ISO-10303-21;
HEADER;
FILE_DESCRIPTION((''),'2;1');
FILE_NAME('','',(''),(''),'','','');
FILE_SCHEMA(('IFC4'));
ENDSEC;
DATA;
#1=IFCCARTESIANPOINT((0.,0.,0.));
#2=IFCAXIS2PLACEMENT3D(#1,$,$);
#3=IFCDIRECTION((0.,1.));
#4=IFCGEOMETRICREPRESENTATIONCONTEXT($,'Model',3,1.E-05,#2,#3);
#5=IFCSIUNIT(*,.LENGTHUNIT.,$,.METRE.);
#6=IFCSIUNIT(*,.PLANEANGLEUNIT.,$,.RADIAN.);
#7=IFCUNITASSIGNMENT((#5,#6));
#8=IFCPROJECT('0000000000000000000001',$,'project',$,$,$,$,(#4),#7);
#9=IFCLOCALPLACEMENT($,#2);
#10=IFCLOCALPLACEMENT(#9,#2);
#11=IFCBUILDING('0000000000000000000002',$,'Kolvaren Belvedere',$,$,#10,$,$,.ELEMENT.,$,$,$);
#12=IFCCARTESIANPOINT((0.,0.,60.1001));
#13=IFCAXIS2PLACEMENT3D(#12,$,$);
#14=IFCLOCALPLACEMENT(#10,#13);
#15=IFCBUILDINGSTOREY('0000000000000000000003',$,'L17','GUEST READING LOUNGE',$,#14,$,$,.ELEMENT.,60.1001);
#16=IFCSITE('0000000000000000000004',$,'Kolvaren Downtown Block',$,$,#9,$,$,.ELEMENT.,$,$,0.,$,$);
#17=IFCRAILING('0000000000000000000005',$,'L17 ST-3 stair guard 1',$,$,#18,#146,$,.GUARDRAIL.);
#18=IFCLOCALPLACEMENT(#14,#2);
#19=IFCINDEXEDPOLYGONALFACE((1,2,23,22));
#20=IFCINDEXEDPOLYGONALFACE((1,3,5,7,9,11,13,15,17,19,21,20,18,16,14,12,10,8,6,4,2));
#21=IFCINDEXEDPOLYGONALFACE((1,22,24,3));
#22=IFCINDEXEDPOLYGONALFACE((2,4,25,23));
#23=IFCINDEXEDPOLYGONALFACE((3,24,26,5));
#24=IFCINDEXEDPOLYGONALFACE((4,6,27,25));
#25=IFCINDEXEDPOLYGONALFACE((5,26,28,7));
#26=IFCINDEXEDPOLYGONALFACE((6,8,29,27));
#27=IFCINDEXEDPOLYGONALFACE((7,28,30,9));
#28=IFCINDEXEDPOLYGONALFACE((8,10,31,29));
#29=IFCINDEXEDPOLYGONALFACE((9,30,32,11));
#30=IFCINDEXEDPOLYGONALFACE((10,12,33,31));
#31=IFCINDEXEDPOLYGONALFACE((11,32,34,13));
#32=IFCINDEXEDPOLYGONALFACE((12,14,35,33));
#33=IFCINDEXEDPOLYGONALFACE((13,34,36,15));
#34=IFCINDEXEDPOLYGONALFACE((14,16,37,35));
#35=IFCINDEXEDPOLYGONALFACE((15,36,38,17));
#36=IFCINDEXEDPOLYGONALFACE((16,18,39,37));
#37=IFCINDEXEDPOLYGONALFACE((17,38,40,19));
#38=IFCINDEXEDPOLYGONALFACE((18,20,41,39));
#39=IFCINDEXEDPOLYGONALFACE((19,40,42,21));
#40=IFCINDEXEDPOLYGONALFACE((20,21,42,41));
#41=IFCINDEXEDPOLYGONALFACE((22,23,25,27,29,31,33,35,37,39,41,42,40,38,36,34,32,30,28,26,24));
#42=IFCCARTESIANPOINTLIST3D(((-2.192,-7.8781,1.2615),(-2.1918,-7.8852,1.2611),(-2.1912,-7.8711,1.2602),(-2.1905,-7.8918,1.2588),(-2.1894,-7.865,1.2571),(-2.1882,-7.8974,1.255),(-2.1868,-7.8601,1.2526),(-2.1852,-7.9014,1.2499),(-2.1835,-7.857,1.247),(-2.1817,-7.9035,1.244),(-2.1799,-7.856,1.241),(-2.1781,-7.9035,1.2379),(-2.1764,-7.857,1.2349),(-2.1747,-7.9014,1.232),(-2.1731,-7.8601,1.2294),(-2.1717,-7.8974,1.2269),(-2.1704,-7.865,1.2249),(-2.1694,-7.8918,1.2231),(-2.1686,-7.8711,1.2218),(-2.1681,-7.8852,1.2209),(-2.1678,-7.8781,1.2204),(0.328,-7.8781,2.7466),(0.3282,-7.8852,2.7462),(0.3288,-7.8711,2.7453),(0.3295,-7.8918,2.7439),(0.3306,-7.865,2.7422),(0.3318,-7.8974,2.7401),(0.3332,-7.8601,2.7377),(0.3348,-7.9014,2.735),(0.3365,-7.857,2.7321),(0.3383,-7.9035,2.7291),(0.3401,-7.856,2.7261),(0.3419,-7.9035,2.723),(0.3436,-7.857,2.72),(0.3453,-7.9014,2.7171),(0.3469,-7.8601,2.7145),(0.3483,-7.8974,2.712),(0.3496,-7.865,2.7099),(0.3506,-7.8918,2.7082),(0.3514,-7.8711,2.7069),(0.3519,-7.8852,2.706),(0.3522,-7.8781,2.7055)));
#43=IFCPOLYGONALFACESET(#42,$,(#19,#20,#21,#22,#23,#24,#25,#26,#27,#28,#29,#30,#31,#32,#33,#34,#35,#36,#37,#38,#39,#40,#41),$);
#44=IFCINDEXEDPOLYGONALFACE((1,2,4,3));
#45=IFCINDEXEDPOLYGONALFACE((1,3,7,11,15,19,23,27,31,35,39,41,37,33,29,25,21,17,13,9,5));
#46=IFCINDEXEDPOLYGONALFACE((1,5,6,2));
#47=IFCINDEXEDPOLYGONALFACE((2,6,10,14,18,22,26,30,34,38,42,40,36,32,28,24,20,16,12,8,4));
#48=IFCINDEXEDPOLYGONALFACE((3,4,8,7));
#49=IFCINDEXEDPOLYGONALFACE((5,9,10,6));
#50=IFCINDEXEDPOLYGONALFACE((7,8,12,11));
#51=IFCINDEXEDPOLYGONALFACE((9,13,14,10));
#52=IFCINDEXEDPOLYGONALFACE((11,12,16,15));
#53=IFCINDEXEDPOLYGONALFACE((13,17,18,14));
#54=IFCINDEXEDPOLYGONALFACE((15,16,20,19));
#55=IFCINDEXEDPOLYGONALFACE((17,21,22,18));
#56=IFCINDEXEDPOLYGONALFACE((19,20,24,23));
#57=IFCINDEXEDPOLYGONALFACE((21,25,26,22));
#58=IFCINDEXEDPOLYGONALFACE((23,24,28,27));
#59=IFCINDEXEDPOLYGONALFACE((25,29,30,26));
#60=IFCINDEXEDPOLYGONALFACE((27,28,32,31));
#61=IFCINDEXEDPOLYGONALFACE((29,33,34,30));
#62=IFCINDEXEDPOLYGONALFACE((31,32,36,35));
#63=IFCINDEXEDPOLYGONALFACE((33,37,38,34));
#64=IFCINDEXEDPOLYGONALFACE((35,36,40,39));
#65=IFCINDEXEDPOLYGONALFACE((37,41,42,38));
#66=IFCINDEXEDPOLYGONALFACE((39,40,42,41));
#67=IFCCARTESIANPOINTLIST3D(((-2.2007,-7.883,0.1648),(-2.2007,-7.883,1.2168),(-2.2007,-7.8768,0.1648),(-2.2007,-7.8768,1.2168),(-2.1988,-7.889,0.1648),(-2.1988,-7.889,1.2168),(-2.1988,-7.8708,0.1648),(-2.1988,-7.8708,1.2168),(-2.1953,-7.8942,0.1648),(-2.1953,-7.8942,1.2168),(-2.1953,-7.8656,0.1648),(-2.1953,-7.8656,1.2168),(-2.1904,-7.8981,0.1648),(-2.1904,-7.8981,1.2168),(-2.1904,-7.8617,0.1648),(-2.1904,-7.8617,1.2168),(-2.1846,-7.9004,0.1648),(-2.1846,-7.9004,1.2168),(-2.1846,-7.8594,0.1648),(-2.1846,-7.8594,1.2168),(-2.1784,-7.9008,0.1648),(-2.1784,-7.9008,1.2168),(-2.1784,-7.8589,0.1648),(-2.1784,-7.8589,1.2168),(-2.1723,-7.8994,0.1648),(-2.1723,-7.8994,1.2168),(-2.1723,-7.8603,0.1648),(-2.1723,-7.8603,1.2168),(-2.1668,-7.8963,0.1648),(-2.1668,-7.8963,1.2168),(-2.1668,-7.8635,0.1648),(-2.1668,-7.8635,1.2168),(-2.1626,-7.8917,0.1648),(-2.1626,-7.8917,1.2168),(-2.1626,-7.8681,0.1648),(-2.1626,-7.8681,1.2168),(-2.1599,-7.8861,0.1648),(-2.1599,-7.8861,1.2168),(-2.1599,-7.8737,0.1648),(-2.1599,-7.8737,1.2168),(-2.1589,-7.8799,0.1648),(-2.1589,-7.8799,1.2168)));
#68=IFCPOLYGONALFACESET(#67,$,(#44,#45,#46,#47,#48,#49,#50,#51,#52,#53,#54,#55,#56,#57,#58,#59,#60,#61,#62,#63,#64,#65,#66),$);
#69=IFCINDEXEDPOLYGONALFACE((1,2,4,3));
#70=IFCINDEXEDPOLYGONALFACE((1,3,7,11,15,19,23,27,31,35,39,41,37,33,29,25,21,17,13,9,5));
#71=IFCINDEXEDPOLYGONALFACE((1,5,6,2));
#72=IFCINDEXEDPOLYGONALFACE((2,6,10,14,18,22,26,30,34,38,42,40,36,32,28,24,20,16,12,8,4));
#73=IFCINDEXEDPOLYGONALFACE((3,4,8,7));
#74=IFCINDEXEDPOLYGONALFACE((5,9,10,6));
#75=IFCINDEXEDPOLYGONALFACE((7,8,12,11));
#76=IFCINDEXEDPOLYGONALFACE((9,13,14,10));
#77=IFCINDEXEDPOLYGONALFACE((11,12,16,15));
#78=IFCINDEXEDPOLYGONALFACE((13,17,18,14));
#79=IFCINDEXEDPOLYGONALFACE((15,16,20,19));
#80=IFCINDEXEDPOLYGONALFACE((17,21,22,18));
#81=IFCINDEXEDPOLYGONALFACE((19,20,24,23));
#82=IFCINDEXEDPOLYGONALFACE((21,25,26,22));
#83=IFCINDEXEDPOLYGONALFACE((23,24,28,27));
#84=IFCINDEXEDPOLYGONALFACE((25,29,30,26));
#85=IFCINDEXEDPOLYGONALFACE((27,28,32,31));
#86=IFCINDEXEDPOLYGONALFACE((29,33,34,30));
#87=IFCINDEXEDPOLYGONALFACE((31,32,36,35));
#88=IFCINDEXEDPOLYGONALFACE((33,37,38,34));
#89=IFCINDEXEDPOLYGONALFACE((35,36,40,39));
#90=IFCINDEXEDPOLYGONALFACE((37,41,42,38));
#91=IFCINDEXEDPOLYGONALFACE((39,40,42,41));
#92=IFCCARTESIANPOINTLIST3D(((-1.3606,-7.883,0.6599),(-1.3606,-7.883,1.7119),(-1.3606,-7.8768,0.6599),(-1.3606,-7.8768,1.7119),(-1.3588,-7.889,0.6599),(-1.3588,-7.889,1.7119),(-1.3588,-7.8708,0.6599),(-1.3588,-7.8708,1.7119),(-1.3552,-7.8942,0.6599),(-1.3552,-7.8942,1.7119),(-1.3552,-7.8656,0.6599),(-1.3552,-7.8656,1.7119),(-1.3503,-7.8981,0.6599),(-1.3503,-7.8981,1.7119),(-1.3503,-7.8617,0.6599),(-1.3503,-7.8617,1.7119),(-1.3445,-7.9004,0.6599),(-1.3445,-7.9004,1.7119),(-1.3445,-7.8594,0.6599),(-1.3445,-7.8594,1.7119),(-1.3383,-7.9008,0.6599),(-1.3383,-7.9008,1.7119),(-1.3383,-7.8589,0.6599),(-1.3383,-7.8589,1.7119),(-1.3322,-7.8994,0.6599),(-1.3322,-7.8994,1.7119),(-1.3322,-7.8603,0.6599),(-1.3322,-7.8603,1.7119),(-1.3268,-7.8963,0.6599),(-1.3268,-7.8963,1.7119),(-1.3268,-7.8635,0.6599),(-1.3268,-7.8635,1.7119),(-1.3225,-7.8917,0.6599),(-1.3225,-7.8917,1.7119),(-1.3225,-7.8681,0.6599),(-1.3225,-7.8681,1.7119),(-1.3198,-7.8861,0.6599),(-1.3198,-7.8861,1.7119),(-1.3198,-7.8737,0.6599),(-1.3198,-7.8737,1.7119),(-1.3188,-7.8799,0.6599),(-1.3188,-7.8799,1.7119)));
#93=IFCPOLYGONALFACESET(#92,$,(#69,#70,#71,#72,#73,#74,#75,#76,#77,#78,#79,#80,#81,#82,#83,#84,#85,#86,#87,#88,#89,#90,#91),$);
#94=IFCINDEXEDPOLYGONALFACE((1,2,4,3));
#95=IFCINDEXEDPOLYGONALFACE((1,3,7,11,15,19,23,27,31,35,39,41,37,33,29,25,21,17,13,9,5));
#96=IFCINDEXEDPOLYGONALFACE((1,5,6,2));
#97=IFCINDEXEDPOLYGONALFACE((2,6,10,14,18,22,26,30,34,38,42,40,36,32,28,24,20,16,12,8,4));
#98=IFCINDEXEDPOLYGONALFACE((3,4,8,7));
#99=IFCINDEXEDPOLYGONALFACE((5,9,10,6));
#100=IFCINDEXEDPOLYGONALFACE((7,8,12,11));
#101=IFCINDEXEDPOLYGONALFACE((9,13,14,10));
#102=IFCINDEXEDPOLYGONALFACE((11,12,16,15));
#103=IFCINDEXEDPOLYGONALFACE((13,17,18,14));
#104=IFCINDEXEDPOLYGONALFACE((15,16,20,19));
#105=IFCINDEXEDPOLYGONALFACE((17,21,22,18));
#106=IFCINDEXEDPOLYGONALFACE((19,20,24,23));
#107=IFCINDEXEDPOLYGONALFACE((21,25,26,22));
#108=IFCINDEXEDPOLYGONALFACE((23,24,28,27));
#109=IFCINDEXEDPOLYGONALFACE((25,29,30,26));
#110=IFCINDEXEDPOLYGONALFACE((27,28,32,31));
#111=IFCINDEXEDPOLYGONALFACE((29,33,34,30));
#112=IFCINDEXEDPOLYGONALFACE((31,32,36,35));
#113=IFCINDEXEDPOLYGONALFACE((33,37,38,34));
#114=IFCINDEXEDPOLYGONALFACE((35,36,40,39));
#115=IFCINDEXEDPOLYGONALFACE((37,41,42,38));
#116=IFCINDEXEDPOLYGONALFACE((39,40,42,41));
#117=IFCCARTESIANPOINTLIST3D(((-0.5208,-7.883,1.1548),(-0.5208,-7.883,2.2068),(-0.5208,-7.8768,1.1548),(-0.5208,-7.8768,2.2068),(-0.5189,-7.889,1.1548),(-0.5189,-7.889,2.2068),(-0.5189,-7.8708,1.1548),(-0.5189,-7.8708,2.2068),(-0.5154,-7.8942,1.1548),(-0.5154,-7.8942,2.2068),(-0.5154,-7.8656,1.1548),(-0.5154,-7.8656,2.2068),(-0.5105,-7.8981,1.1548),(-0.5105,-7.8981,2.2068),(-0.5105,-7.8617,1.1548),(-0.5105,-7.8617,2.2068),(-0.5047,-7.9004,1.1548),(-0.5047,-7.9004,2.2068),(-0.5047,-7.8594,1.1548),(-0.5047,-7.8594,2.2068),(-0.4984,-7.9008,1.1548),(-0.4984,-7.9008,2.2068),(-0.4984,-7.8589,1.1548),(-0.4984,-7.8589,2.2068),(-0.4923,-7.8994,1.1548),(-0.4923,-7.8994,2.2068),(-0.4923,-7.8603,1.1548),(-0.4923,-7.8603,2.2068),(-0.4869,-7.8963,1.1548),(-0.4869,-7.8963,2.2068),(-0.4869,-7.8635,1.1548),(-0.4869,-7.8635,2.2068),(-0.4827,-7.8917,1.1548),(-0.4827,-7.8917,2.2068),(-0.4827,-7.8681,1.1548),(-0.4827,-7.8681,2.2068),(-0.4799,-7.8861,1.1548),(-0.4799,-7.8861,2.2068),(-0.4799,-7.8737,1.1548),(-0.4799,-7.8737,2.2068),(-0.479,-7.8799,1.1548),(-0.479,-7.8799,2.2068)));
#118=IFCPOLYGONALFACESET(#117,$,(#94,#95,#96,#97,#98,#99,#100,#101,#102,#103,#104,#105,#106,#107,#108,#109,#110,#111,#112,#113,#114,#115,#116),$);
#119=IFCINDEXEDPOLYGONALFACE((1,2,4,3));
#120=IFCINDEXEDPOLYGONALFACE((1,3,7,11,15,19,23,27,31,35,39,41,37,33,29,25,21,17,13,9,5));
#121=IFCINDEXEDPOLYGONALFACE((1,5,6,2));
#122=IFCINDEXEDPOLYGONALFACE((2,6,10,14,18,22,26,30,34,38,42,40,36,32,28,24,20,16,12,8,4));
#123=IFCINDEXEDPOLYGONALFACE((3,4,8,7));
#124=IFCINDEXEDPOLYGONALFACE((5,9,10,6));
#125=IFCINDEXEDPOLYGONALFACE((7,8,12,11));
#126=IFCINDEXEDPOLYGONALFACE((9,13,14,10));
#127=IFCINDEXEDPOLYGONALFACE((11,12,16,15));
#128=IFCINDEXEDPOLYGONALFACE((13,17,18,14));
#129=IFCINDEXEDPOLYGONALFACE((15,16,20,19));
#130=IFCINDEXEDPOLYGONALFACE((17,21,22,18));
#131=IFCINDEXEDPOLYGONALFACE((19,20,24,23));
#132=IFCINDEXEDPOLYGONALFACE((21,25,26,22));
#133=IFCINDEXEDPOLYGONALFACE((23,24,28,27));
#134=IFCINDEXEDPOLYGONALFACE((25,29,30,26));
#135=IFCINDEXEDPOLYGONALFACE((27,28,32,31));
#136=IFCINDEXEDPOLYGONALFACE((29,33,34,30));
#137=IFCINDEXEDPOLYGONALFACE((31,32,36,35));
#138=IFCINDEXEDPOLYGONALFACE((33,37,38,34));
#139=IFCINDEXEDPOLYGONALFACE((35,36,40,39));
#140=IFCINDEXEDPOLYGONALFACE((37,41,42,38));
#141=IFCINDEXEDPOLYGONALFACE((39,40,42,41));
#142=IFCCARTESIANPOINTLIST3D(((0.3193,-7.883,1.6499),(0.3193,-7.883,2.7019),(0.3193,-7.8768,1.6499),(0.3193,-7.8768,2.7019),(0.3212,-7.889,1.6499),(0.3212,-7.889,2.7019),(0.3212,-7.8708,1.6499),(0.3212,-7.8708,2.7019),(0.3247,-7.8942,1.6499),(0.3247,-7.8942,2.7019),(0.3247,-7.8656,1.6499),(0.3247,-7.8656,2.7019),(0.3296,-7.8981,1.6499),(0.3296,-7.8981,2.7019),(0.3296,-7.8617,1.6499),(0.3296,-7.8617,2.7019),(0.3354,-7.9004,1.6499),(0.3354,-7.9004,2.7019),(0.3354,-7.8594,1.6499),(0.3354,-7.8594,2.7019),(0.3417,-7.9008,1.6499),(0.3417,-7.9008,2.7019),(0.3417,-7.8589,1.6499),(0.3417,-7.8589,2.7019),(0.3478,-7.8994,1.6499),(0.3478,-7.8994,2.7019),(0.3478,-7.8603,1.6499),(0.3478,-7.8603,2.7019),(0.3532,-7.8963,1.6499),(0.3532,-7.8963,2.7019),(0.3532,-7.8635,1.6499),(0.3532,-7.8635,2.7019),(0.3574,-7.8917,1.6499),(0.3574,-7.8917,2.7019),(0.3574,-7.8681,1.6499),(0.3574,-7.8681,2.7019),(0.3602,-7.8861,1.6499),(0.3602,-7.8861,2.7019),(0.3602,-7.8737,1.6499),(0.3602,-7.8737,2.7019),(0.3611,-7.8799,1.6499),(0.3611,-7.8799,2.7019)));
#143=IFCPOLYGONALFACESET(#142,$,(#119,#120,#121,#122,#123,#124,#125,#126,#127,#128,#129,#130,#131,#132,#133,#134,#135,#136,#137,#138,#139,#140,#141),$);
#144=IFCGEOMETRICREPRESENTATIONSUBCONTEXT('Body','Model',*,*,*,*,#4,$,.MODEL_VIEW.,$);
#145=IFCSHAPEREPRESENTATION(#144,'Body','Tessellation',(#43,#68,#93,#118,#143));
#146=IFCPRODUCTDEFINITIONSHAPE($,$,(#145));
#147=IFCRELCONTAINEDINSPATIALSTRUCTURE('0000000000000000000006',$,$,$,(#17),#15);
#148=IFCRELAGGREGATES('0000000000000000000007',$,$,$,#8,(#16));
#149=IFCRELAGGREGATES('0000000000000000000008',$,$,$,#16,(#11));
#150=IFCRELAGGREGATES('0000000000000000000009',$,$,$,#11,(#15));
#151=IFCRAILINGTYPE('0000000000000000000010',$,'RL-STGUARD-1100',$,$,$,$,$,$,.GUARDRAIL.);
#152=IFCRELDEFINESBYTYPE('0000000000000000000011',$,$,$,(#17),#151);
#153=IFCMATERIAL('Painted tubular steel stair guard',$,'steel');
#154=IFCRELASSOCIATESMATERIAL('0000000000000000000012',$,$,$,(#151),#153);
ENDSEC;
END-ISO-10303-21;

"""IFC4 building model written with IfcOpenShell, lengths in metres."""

from ifc_helpers import new_model, si_unit, direction, frame, origin, origin_2d, place, context, subcontext, project, spatial, circle, extrude, material, type_object, element, save


model = new_model("IFC4")

# Units and contexts
model_context = context("Model", 3, precision=1e-05, world=origin(), true_north=direction((0.0, 1.0)))
body_context = subcontext(model_context, "Body", "Model", "MODEL_VIEW")
ifc_project = project(units=[si_unit("LENGTHUNIT", "METRE"), si_unit("PLANEANGLEUNIT", "RADIAN")], contexts=[model_context])

# Site, building, storey
site_placement = place(None, origin())
site = spatial("IfcSite", under=ifc_project, at=site_placement, Name="Kolvaren Downtown Block", CompositionType="ELEMENT", RefElevation=0.0)
building_placement = place(site_placement, origin())
building = spatial("IfcBuilding", under=site, at=building_placement, Name="Kolvaren Belvedere", CompositionType="ELEMENT")
storey_placement = place(building_placement, frame((0.0, 0.0, 60.1001)))
storey = spatial("IfcBuildingStorey", under=building, at=storey_placement, Name="L17", Description="GUEST READING LOUNGE", CompositionType="ELEMENT", Elevation=60.1001)

# Railing
ifc_material_1 = material(Name="Painted tubular steel stair guard", Category="steel")
railing_type_1 = type_object("IfcRailingType", Name="RL-STGUARD-1100", PredefinedType="GUARDRAIL", material=ifc_material_1)
railing_1_placement = place(storey_placement, frame((-2.1799, -7.8799, 0.1648)))
element("IfcRailing", 1, at=railing_1_placement, inside=storey, type_object=railing_type_1, Name="L17 ST-3 stair guard 1", PredefinedType="GUARDRAIL", context=body_context, shape_type="SweptSolid", body=[
    extrude(circle(Radius=0.0239, at=origin_2d()), frame((0.0, 0.0, 1.0762), z_axis=(0.861524, 0.0, 0.507717), x_axis=(0.0, 1.0, 0.0)), (0.0, 0.0, 1.0), 2.925),
    extrude(circle(Radius=0.021, at=origin_2d()), origin(), (0.0, 0.0, 1.0), 1.052),
    extrude(circle(Radius=0.021, at=origin_2d()), frame((0.8401, 0.0, 0.4951)), (0.0, 0.0, 1.0), 1.052),
    extrude(circle(Radius=0.021, at=origin_2d()), frame((1.6799, 0.0, 0.99)), (0.0, 0.0, 1.0), 1.052),
    extrude(circle(Radius=0.021, at=origin_2d()), frame((2.52, 0.0, 1.4851)), (0.0, 0.0, 1.0), 1.052),
])

save(model, "model.ifc")
